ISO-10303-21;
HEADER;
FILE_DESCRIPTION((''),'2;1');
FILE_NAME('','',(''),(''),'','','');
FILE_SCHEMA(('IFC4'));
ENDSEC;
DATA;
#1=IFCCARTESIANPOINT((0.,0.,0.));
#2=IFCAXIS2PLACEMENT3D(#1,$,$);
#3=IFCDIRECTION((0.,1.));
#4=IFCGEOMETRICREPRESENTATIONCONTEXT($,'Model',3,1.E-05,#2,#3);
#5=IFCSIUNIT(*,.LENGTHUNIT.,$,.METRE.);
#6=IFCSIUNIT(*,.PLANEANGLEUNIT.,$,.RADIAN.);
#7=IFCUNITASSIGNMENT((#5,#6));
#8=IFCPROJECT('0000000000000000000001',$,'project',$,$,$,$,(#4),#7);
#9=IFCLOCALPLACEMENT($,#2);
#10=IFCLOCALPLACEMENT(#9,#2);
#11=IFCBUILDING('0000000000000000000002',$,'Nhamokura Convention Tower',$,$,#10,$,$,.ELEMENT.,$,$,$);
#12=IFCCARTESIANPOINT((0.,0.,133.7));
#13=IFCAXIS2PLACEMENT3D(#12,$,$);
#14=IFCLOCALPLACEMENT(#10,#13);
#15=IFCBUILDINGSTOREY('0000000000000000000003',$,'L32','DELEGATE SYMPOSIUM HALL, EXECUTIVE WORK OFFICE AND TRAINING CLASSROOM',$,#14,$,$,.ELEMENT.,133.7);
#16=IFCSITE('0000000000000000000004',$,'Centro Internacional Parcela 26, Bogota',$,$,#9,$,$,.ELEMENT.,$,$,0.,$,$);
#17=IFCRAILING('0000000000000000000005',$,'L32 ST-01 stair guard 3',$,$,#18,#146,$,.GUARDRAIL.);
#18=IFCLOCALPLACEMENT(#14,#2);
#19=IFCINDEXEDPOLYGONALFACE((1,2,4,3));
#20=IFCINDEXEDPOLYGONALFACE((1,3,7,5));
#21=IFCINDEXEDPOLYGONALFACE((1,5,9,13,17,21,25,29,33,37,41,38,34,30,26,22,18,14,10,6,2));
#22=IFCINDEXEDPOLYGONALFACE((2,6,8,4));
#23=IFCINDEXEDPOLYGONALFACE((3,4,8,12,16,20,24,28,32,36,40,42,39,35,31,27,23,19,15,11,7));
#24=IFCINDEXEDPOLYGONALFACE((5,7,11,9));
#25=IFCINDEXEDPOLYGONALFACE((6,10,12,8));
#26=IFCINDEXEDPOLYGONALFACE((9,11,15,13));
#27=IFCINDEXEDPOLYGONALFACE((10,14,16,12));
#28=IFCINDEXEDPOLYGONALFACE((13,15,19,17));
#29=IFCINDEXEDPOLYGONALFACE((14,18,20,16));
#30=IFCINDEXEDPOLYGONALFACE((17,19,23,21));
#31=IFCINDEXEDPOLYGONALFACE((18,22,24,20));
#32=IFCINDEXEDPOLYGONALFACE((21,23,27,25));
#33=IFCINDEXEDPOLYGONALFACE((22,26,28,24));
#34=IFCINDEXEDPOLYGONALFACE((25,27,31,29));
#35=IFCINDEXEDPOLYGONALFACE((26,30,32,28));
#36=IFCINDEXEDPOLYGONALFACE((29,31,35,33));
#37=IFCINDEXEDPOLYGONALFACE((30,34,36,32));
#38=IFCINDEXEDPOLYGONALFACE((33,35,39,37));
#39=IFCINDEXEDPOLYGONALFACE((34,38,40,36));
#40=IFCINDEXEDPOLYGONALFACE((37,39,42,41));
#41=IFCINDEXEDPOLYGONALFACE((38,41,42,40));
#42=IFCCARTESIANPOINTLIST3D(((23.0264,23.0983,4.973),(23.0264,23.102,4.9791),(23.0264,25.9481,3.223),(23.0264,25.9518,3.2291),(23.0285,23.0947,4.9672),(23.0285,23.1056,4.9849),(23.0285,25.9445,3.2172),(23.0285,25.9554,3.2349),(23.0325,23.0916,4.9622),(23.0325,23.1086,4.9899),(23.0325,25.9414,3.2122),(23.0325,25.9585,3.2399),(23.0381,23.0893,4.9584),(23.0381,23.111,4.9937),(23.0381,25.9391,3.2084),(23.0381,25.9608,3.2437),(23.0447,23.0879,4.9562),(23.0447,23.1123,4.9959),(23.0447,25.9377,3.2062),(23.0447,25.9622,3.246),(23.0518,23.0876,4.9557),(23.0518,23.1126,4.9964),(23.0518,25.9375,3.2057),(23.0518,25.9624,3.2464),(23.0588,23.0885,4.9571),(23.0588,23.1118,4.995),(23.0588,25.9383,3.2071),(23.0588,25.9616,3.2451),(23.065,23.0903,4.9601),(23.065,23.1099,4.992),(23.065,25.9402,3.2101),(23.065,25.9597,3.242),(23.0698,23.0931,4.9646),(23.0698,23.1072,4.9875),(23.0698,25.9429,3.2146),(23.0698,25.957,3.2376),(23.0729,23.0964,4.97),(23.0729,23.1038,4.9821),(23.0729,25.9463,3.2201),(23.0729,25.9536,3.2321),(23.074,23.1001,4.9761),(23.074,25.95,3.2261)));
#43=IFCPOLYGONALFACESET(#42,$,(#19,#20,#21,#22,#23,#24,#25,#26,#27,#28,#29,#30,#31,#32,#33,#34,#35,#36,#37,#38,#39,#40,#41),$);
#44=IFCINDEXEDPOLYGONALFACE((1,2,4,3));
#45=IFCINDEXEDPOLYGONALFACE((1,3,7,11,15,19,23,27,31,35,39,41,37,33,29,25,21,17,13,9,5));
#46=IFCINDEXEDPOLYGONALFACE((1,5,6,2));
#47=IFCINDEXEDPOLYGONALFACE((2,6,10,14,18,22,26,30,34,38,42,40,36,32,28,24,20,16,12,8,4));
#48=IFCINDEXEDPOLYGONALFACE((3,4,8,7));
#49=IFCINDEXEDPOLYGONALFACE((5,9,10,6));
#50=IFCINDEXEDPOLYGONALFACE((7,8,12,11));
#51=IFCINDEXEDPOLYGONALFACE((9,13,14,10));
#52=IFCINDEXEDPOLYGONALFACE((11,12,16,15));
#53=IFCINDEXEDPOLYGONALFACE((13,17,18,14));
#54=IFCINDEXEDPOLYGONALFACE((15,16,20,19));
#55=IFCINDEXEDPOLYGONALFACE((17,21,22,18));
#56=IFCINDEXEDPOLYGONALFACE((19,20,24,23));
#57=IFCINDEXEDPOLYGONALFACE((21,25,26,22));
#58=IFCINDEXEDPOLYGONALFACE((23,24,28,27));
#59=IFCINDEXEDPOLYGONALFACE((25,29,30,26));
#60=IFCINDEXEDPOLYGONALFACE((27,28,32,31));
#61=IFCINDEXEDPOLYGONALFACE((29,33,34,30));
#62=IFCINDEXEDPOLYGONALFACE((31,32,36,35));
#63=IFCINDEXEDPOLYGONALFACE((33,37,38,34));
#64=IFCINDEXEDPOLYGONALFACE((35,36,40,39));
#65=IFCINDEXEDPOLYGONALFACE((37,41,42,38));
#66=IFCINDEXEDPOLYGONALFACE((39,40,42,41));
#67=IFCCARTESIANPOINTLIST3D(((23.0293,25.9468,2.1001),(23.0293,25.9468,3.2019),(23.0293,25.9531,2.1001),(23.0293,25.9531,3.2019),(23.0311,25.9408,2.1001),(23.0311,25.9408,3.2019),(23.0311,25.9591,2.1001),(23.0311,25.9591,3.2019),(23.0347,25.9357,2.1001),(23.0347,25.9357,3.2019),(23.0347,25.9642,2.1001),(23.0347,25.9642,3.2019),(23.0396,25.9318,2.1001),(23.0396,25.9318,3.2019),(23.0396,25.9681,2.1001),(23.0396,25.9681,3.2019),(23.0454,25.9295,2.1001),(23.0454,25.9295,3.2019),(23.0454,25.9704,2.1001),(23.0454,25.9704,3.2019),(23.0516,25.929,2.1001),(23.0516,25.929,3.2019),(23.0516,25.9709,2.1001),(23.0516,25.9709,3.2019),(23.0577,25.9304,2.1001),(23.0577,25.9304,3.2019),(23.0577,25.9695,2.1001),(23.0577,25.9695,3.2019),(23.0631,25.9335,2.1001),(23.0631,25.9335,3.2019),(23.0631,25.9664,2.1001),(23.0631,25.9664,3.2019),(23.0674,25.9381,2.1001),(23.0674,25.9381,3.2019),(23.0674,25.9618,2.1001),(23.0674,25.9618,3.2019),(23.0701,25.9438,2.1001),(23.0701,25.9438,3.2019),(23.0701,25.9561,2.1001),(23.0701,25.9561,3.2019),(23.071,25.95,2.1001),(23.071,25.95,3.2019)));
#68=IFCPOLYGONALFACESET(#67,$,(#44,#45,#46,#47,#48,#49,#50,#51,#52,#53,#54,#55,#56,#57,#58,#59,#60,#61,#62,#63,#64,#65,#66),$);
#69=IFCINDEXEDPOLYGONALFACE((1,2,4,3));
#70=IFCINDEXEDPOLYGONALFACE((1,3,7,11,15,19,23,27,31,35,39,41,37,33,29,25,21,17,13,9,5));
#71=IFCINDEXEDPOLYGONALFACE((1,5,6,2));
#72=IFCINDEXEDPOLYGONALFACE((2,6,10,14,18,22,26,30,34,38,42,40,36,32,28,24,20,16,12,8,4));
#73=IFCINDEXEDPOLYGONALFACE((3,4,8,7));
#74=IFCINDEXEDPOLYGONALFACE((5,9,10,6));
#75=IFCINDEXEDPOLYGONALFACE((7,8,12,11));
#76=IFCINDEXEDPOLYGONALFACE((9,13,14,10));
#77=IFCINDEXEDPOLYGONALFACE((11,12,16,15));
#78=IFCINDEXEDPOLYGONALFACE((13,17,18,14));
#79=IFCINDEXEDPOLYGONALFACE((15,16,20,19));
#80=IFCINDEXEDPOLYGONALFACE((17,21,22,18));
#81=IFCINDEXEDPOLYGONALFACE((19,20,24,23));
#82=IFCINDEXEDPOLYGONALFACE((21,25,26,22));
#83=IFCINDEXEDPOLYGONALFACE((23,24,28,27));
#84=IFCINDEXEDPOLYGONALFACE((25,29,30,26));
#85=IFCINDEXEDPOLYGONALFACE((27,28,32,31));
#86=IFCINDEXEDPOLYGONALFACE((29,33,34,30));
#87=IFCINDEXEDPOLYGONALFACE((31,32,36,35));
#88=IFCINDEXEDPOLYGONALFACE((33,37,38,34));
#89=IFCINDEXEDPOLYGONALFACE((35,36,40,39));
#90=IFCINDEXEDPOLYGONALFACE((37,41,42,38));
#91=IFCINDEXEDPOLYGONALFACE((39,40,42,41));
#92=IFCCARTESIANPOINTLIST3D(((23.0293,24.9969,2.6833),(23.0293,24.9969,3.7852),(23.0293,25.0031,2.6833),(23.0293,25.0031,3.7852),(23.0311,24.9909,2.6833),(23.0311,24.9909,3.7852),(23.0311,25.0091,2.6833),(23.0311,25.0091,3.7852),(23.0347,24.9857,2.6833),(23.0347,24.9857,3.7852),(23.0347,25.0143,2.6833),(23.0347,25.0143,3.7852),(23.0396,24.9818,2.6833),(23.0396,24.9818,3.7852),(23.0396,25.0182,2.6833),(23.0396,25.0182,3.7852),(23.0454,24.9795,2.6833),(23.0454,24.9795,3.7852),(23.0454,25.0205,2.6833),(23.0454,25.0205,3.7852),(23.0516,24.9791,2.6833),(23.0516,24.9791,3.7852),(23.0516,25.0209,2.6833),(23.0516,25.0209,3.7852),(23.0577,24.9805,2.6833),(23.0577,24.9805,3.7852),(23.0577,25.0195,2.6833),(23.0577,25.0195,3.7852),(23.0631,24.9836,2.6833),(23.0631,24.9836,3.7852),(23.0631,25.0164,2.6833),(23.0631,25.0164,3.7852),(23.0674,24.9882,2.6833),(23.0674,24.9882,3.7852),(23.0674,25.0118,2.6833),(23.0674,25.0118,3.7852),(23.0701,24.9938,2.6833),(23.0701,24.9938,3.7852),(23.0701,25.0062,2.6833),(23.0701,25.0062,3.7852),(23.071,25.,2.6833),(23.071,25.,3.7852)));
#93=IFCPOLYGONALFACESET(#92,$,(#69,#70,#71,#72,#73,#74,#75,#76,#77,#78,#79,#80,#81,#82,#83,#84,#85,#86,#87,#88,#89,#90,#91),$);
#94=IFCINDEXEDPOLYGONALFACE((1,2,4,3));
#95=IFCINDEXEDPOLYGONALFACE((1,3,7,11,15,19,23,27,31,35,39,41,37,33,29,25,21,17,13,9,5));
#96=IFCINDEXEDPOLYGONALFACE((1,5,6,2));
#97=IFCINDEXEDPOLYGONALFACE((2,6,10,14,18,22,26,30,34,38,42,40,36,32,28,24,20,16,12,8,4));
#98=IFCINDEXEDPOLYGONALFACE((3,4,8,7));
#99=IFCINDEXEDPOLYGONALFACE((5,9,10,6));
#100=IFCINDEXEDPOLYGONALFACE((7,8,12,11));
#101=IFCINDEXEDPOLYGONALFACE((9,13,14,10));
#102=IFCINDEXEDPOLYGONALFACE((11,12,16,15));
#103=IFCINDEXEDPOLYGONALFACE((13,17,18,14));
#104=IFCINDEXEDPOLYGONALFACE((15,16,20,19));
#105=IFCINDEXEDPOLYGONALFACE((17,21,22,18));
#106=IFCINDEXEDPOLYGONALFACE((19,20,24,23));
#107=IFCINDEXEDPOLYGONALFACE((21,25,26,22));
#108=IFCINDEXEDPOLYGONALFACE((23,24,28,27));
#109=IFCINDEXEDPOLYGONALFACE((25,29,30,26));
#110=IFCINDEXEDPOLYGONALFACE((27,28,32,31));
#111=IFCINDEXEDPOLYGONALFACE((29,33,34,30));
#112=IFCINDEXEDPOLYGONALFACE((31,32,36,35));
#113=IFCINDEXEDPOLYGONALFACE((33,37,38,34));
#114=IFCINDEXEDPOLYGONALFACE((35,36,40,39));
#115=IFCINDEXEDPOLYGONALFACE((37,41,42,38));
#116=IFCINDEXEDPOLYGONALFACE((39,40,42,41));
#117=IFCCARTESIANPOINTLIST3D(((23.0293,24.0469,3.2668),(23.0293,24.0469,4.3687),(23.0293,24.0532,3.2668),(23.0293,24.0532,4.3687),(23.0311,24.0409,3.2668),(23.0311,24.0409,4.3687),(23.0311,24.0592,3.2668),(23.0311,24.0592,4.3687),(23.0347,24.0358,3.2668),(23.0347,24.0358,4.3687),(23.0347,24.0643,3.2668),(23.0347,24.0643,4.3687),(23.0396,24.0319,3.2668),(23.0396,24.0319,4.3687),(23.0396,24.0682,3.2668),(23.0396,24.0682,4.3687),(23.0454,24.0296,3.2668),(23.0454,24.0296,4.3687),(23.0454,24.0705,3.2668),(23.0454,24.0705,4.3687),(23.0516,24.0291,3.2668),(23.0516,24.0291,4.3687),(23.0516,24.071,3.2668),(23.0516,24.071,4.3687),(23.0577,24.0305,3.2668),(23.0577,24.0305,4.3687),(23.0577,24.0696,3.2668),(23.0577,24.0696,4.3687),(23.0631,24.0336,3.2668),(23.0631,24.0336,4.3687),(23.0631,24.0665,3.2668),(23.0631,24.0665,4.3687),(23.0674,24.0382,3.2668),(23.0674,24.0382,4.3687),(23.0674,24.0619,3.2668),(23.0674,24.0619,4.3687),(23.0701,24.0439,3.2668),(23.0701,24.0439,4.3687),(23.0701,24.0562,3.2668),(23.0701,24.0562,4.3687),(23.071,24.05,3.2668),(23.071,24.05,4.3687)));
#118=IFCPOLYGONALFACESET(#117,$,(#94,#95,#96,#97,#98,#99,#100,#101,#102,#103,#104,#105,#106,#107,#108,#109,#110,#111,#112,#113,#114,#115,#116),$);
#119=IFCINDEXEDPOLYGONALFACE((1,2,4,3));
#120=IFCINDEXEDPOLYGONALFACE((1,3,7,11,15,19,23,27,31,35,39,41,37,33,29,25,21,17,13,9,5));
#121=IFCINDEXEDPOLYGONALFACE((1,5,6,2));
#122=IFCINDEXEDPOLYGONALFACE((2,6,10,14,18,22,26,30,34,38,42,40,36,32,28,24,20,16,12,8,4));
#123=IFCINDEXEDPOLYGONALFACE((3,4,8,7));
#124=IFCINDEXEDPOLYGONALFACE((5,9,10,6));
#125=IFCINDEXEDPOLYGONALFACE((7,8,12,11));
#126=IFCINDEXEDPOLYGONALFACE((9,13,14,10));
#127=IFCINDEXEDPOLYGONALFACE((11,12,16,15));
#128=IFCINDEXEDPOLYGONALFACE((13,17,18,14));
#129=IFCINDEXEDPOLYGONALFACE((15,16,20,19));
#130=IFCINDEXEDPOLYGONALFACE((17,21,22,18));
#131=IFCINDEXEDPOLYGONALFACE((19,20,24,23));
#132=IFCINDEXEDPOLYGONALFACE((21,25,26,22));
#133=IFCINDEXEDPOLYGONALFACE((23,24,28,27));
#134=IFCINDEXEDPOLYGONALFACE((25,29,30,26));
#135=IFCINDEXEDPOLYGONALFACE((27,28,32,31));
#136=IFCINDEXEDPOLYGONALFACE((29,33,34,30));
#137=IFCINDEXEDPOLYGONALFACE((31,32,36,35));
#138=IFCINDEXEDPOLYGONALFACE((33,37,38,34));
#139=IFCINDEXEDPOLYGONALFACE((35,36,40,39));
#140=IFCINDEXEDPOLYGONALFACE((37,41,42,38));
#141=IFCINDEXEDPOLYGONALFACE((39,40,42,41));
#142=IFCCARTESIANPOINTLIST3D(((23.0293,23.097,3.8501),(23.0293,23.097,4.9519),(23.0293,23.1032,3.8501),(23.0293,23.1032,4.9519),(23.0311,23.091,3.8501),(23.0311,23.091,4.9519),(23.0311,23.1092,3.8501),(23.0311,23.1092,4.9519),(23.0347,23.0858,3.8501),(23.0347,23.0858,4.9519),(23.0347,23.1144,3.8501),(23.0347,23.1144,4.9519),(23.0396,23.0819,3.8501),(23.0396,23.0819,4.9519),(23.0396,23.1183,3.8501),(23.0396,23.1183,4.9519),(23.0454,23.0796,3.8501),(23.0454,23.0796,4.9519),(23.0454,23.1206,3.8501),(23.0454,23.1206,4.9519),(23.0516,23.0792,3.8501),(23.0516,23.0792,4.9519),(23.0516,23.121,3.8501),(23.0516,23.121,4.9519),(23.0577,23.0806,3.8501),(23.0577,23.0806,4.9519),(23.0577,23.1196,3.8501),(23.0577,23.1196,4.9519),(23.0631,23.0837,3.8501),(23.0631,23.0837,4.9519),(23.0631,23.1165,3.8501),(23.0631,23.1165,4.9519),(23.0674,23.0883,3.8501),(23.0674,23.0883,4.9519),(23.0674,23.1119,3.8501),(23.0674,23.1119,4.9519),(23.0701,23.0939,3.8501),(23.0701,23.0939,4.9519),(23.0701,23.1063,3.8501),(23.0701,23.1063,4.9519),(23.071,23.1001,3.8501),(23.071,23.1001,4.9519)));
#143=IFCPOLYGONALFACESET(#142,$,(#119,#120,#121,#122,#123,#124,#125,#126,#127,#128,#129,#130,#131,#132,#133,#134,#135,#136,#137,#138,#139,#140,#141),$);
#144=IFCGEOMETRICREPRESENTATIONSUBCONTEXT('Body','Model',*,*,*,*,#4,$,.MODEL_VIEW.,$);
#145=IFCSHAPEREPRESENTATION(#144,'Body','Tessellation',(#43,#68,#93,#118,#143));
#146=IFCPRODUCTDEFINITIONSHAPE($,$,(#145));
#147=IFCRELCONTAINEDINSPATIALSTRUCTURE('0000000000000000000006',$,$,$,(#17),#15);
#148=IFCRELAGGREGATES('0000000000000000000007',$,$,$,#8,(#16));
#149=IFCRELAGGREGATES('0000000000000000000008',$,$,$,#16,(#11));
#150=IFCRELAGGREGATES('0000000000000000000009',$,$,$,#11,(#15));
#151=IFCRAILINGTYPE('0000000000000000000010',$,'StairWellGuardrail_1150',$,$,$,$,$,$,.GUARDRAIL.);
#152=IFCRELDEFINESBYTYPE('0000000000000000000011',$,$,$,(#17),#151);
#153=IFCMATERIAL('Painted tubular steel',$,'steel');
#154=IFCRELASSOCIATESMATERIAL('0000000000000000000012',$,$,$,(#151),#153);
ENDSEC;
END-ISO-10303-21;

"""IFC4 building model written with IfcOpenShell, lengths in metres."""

from ifc_helpers import new_model, si_unit, direction, frame, origin, origin_2d, place, context, subcontext, project, spatial, circle, extrude, material, type_object, element, save


model = new_model("IFC4")

# Units and contexts
model_context = context("Model", 3, precision=1e-05, world=origin(), true_north=direction((0.0, 1.0)))
body_context = subcontext(model_context, "Body", "Model", "MODEL_VIEW")
ifc_project = project(units=[si_unit("LENGTHUNIT", "METRE"), si_unit("PLANEANGLEUNIT", "RADIAN")], contexts=[model_context])

# Site, building, storey
site_placement = place(None, origin())
site = spatial("IfcSite", under=ifc_project, at=site_placement, Name="Centro Internacional Parcela 26, Bogota", CompositionType="ELEMENT", RefElevation=0.0)
building_placement = place(site_placement, origin())
building = spatial("IfcBuilding", under=site, at=building_placement, Name="Nhamokura Convention Tower", CompositionType="ELEMENT")
storey_placement = place(building_placement, frame((0.0, 0.0, 133.7)))
storey = spatial("IfcBuildingStorey", under=building, at=storey_placement, Name="L32", Description="DELEGATE SYMPOSIUM HALL, EXECUTIVE WORK OFFICE AND TRAINING CLASSROOM", CompositionType="ELEMENT", Elevation=133.7)

# Railing
ifc_material_1 = material(Name="Painted tubular steel", Category="steel")
railing_type_1 = type_object("IfcRailingType", Name="StairWellGuardrail_1150", PredefinedType="GUARDRAIL", material=ifc_material_1)
railing_1_placement = place(storey_placement, frame((23.05, 25.95, 2.1001)))
element("IfcRailing", 1, at=railing_1_placement, inside=storey, type_object=railing_type_1, Name="L32 ST-01 stair guard 3", PredefinedType="GUARDRAIL", context=body_context, shape_type="SweptSolid", body=[
    extrude(circle(Radius=0.0239, at=origin_2d()), frame((0.0, 0.0, 1.126), z_axis=(0.0, -0.852159, 0.523283), x_axis=(1.0, 0.0, 0.0)), (0.0, 0.0, 1.0), 3.3442),
    extrude(circle(Radius=0.021, at=origin_2d()), origin(), (0.0, 0.0, 1.0), 1.1018),
    extrude(circle(Radius=0.021, at=origin_2d()), frame((0.0, -0.95, 0.5833)), (0.0, 0.0, 1.0), 1.1018),
    extrude(circle(Radius=0.021, at=origin_2d()), frame((0.0, -1.8999, 1.1667)), (0.0, 0.0, 1.0), 1.1018),
    extrude(circle(Radius=0.021, at=origin_2d()), frame((0.0, -2.8499, 1.75)), (0.0, 0.0, 1.0), 1.1018),
])

save(model, "model.ifc")
